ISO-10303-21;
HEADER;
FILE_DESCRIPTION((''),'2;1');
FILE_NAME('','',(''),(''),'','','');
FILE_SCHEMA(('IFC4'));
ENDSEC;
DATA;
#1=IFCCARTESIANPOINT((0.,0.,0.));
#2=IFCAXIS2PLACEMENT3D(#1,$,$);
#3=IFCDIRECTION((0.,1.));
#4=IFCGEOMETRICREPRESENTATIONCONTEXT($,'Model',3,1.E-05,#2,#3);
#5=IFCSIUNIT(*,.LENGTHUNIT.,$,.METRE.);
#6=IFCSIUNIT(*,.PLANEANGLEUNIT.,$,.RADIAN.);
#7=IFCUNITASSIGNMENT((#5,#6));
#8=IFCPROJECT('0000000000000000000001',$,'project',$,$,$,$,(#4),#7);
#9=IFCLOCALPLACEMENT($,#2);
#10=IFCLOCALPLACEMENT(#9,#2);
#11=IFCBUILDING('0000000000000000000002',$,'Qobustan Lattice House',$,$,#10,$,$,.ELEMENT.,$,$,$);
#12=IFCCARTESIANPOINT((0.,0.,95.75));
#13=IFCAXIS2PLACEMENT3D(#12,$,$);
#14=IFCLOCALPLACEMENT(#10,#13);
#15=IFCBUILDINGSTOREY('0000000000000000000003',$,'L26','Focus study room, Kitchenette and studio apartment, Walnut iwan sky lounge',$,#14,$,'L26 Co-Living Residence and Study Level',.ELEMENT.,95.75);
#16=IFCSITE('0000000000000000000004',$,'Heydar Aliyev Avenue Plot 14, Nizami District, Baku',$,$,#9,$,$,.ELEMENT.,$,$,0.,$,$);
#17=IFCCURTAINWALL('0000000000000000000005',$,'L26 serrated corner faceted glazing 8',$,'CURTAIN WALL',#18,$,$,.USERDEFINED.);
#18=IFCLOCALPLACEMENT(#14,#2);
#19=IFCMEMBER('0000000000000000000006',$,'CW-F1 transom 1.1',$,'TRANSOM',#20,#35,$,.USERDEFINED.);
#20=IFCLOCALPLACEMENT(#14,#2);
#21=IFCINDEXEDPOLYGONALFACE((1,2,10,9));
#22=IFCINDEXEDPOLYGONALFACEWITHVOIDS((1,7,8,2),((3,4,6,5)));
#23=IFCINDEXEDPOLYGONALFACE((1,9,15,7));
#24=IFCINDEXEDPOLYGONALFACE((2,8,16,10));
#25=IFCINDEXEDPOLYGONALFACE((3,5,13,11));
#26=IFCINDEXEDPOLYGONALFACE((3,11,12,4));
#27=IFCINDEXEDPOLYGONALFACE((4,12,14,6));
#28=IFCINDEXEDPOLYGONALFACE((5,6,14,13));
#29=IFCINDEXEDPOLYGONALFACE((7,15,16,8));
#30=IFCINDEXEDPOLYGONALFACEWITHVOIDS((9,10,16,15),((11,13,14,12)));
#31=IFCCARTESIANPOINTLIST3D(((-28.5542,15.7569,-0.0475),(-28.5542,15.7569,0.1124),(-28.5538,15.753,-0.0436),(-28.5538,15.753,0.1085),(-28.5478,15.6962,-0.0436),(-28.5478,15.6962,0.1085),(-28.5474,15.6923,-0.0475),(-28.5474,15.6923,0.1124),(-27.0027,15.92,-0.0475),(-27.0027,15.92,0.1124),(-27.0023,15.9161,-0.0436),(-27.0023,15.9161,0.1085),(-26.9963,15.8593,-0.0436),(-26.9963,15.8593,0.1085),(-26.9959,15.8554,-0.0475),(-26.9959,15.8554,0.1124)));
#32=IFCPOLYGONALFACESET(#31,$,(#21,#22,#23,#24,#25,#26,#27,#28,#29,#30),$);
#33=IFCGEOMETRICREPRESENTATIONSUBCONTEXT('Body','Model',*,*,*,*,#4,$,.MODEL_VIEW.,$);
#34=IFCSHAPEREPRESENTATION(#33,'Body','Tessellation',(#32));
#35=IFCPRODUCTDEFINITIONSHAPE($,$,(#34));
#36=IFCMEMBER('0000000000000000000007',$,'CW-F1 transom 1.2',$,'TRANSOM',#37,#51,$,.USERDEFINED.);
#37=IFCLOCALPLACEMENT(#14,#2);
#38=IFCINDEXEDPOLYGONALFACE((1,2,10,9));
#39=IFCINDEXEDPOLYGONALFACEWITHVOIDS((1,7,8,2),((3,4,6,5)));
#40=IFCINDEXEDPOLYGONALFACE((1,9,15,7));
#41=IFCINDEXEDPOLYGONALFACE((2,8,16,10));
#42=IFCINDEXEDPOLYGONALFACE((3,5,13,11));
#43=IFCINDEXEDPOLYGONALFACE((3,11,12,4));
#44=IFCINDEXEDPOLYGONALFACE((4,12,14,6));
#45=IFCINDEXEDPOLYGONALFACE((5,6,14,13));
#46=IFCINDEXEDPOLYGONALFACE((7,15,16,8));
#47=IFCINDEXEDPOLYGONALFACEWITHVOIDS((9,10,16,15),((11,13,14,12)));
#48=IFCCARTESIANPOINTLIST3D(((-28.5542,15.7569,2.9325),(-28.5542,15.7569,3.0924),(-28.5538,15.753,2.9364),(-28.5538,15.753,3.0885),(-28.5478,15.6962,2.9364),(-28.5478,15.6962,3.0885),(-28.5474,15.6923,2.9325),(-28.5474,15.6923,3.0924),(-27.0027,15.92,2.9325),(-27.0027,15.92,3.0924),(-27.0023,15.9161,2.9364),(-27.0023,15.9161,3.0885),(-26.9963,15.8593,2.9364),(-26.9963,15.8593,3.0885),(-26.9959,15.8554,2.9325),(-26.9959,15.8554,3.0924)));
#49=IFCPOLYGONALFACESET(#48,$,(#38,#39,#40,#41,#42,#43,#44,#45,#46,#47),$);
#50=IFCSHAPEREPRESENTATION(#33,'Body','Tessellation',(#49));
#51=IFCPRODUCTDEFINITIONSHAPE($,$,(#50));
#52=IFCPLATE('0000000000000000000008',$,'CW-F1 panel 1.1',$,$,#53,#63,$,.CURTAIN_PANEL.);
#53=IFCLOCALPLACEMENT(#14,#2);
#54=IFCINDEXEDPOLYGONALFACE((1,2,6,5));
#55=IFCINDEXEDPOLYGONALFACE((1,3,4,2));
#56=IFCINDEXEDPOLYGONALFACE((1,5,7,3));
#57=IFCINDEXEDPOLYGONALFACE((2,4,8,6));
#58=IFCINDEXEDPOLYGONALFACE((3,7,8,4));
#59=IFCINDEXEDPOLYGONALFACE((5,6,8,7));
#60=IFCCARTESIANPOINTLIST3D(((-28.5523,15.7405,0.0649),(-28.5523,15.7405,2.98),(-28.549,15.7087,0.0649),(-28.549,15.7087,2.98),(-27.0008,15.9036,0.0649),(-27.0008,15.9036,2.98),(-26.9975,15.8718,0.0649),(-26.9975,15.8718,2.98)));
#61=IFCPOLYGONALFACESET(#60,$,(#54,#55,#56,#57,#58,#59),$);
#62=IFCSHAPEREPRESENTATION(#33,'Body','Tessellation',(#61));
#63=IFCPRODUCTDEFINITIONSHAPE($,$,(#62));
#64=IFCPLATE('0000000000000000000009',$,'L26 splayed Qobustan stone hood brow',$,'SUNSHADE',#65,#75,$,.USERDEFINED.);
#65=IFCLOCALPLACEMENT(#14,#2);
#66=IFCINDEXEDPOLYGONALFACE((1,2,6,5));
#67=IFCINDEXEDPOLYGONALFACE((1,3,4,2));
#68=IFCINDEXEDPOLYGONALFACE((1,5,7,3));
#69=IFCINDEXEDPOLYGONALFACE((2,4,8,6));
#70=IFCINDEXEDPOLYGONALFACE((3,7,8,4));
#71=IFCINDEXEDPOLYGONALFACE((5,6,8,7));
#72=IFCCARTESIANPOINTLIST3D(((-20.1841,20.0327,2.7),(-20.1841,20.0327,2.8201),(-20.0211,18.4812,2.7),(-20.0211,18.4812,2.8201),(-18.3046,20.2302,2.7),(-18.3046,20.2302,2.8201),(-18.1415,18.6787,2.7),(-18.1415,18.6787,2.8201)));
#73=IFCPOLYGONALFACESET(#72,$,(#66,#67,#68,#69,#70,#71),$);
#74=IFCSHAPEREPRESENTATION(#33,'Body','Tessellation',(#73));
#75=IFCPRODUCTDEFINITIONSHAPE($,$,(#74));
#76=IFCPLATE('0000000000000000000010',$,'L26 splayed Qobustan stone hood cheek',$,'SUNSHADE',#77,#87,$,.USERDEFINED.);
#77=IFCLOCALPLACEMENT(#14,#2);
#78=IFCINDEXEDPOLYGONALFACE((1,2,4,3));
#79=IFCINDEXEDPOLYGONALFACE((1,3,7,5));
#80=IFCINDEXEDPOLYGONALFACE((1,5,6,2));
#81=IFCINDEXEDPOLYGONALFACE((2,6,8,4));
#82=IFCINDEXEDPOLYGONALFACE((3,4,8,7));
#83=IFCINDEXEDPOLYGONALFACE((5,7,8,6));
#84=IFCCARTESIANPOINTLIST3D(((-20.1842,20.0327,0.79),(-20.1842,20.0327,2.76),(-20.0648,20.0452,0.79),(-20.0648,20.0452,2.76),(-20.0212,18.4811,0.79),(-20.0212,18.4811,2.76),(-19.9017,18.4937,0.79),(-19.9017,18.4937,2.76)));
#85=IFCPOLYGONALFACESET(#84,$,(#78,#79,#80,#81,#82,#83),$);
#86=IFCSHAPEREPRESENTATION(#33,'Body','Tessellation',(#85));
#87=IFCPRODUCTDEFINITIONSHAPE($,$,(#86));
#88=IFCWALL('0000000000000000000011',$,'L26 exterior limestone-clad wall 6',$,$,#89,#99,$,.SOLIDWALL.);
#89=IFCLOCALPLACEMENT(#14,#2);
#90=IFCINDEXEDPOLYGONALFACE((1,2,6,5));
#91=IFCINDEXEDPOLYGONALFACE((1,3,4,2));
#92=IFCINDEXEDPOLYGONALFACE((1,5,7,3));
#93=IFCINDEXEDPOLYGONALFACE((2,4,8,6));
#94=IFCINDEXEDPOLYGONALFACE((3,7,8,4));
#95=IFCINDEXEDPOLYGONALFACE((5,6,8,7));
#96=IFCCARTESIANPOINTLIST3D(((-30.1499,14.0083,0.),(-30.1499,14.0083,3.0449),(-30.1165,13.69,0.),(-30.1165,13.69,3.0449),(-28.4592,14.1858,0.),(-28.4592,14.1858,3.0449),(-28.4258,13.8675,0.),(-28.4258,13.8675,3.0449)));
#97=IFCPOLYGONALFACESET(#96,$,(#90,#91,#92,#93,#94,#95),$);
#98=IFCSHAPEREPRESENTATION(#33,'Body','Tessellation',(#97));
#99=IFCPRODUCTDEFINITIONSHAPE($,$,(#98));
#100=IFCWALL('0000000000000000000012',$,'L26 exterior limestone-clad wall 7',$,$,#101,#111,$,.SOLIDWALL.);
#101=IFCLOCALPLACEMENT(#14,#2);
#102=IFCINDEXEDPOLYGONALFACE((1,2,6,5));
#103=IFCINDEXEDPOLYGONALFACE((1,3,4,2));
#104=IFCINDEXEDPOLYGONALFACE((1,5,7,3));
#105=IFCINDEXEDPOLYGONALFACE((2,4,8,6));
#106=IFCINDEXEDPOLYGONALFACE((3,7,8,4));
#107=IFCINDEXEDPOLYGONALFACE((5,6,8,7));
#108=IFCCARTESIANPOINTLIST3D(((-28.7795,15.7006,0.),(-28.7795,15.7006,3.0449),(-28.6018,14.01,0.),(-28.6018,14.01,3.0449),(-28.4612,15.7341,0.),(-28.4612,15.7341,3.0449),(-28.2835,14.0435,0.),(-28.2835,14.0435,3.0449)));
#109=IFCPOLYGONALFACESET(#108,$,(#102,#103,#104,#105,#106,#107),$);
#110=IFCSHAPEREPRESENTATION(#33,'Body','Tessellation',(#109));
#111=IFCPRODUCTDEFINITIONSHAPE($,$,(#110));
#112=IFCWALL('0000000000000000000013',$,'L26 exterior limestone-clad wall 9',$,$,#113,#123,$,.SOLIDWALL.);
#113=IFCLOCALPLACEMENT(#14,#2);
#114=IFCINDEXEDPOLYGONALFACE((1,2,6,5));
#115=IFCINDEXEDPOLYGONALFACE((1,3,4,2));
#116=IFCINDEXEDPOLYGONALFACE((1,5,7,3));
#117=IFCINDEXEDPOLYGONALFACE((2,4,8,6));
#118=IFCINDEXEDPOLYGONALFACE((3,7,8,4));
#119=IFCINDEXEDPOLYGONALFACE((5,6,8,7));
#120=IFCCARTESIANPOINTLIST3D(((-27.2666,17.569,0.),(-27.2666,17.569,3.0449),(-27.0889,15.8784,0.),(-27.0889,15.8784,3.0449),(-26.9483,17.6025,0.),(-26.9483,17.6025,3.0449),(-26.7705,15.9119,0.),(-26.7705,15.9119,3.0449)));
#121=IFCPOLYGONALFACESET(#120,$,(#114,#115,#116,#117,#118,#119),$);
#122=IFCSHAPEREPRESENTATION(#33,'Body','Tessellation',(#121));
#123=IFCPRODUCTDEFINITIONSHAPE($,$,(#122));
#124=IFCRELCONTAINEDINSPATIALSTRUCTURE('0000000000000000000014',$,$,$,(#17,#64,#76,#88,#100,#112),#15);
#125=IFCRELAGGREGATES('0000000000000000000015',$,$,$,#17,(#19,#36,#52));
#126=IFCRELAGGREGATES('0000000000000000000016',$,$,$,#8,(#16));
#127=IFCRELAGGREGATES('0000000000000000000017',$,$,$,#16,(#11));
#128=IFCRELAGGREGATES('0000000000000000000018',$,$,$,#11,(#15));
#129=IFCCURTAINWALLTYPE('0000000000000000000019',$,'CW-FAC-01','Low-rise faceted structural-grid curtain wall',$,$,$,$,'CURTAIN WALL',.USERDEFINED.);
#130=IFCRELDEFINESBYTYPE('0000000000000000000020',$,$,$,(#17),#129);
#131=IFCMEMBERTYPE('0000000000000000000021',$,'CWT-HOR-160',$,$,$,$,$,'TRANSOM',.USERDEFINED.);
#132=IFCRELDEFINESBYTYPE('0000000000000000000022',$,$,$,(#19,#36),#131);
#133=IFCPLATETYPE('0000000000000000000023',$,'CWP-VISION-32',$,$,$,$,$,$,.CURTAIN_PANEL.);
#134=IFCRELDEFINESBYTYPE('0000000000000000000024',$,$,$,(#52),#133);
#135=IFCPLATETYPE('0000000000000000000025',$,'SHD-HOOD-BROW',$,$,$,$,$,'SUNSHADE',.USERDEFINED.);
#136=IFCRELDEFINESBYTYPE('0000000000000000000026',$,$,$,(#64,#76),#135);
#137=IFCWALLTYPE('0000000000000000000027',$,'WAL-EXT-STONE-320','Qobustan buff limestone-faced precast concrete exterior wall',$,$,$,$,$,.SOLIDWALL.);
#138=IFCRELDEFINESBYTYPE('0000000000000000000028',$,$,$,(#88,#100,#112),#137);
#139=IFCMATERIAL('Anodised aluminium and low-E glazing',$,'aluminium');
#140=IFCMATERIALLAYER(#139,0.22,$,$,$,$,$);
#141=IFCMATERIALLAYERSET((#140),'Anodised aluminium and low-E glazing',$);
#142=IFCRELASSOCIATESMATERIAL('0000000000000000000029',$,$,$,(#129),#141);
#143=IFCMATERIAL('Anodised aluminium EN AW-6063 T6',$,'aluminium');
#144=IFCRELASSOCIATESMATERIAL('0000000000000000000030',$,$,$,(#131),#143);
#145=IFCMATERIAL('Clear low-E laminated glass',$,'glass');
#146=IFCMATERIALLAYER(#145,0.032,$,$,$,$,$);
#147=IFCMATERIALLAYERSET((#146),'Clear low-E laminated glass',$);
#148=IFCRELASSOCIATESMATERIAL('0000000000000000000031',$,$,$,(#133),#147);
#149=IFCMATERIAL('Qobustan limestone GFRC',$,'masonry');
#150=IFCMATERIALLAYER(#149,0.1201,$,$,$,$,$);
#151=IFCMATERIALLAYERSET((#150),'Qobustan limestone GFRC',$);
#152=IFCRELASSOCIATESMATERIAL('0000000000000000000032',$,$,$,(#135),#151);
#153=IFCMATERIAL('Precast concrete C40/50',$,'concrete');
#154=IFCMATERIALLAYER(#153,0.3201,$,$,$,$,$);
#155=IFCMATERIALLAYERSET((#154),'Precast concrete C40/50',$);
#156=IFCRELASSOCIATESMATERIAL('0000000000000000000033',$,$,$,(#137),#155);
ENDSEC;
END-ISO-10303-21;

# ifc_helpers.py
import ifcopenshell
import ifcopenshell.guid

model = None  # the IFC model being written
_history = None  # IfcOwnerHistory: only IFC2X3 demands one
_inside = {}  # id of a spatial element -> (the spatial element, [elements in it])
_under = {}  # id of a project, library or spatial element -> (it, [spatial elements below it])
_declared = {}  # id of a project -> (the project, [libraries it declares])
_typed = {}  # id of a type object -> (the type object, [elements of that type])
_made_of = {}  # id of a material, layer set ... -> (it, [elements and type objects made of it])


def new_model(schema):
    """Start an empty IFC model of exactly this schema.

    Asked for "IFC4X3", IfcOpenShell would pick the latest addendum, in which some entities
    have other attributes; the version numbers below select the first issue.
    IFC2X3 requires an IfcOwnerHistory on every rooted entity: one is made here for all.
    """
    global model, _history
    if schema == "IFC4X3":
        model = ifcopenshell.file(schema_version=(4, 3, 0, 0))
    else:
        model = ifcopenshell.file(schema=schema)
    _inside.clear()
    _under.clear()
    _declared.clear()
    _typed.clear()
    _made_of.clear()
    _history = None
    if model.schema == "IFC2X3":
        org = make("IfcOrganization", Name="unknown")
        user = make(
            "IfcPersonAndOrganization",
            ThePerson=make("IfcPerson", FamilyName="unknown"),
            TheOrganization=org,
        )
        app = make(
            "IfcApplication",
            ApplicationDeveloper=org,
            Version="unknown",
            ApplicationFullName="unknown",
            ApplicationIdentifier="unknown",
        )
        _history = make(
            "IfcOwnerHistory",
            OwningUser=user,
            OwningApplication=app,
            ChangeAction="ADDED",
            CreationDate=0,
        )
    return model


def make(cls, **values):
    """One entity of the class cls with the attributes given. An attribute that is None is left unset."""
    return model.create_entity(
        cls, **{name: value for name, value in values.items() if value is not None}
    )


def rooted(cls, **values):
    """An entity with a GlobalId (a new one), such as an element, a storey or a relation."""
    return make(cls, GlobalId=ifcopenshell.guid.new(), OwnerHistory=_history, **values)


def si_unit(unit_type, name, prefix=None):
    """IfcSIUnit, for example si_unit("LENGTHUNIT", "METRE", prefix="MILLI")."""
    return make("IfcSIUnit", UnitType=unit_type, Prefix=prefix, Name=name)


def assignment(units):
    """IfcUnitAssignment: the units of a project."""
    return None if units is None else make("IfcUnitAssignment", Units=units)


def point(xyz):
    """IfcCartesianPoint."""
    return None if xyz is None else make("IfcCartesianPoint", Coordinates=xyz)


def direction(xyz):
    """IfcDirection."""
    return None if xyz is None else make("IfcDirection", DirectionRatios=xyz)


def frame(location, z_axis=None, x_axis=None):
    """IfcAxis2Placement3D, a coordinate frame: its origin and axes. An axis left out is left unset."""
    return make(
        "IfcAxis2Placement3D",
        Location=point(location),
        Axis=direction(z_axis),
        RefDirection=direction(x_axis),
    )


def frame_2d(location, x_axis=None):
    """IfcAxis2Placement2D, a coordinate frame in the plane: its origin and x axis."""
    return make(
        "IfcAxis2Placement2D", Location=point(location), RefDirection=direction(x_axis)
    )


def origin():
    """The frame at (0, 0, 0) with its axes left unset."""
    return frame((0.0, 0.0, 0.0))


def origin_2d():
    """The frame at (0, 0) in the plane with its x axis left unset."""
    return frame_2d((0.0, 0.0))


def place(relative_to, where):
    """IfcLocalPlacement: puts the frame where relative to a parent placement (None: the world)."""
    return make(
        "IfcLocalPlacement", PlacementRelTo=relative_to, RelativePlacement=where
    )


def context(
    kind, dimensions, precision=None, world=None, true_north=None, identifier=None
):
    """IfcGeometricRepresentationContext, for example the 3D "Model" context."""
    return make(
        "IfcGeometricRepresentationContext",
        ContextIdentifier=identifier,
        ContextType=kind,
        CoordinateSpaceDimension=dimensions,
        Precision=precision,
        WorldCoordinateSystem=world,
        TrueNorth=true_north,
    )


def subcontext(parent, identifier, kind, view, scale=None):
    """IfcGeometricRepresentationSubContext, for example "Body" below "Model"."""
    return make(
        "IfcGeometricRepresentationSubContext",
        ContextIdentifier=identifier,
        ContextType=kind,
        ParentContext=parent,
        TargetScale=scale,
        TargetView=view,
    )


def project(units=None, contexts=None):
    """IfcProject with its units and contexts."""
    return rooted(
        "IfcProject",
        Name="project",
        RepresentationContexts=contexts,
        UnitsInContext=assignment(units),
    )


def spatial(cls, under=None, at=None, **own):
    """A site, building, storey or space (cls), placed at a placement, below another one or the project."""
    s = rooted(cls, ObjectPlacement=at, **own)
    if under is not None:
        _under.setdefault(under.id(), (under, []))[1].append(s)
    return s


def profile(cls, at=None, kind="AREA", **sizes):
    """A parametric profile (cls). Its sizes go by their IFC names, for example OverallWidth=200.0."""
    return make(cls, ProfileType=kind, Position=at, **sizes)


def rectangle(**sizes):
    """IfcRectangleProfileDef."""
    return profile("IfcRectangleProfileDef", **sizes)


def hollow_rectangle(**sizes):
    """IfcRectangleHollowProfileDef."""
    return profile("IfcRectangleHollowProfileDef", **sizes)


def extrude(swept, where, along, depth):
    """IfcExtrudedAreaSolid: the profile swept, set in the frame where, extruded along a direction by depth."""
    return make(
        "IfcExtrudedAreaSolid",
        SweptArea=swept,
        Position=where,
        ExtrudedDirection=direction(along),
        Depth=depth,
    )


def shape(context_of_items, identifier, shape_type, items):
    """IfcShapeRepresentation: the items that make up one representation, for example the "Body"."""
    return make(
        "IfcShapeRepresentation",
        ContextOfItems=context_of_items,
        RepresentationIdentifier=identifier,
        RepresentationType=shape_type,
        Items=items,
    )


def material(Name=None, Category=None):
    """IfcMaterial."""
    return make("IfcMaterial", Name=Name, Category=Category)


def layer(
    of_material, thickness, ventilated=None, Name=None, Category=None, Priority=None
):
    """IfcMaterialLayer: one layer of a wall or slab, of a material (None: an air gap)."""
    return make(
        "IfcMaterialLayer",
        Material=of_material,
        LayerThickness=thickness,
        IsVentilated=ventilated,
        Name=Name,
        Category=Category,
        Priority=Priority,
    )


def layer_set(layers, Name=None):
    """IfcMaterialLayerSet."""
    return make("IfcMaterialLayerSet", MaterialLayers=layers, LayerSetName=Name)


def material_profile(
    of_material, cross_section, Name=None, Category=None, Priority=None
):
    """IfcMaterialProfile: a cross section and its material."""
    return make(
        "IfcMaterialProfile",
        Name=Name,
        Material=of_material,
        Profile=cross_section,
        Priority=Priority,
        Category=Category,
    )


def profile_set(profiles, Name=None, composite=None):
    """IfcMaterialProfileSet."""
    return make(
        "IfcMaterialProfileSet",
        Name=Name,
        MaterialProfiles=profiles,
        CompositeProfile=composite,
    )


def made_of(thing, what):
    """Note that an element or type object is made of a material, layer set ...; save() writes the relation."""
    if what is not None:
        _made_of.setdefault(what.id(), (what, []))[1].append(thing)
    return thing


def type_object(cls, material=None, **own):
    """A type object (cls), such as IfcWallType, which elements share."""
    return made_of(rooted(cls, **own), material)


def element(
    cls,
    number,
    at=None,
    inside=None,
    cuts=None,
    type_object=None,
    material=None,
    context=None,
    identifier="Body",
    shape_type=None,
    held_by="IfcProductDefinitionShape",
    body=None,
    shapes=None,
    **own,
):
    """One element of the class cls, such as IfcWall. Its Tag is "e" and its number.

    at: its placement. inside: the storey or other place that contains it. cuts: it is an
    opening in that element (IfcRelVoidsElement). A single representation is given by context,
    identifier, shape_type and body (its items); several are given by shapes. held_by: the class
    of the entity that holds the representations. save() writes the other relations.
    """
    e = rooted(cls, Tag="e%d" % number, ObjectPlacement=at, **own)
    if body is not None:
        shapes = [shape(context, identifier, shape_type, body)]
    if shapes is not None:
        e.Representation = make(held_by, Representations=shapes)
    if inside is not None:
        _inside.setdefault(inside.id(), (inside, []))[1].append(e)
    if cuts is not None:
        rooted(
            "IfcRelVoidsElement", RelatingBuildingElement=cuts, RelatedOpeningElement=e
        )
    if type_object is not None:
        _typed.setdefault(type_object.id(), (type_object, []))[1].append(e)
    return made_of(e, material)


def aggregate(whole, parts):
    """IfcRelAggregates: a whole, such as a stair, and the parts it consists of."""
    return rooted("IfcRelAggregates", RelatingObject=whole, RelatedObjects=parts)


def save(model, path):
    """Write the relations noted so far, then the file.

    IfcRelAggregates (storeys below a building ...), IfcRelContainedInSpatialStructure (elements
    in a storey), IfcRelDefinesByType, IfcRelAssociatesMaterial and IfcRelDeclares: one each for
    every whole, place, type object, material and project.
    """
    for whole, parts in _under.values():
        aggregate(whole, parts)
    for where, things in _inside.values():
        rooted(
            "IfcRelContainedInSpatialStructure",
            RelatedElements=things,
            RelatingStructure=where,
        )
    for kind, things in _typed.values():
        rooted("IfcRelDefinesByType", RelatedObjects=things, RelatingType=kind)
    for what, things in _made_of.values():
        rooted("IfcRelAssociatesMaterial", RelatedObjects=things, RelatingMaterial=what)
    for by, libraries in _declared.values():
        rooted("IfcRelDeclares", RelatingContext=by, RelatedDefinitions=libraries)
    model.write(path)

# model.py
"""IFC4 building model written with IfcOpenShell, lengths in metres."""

from ifc_helpers import new_model, si_unit, direction, frame, frame_2d, origin, origin_2d, place, context, subcontext, project, spatial, rectangle, hollow_rectangle, extrude, material, layer, layer_set, material_profile, profile_set, type_object, element, aggregate, save


model = new_model("IFC4")

# Units and contexts
model_context = context("Model", 3, precision=1e-05, world=origin(), true_north=direction((0.0, 1.0)))
body_context = subcontext(model_context, "Body", "Model", "MODEL_VIEW")
ifc_project = project(units=[si_unit("LENGTHUNIT", "METRE"), si_unit("PLANEANGLEUNIT", "RADIAN")], contexts=[model_context])

# Site, building, storey
site_placement = place(None, origin())
site = spatial("IfcSite", under=ifc_project, at=site_placement, Name="Heydar Aliyev Avenue Plot 14, Nizami District, Baku", CompositionType="ELEMENT", RefElevation=0.0)
building_placement = place(site_placement, origin())
building = spatial("IfcBuilding", under=site, at=building_placement, Name="Qobustan Lattice House", CompositionType="ELEMENT")
storey_placement = place(building_placement, frame((0.0, 0.0, 95.75)))
storey = spatial("IfcBuildingStorey", under=building, at=storey_placement, Name="L26", Description="Focus study room, Kitchenette and studio apartment, Walnut iwan sky lounge", LongName="L26 Co-Living Residence and Study Level", CompositionType="ELEMENT", Elevation=95.75)

# Curtain wall, members, plate
ifc_material_1 = material(Name="Anodised aluminium and low-E glazing", Category="aluminium")
ifc_layer_1 = layer(ifc_material_1, 0.22)
ifc_layer_set_1 = layer_set([ifc_layer_1], Name="Anodised aluminium and low-E glazing")
curtain_wall_type = type_object("IfcCurtainWallType", Name="CW-FAC-01", Description="Low-rise faceted structural-grid curtain wall", ElementType="CURTAIN WALL", PredefinedType="USERDEFINED", material=ifc_layer_set_1)
curtain_wall_placement = place(storey_placement, origin())
curtain_wall = element("IfcCurtainWall", 1, at=curtain_wall_placement, inside=storey, type_object=curtain_wall_type, Name="L26 serrated corner faceted glazing 8", ObjectType="CURTAIN WALL", PredefinedType="USERDEFINED")
ifc_material_2 = material(Name="Anodised aluminium EN AW-6063 T6", Category="aluminium")
ifc_material_profile_1 = material_profile(ifc_material_2, hollow_rectangle(XDim=0.0649, YDim=0.1599, WallThickness=0.0039, at=origin_2d()), Name="CWT-160x65")
ifc_profile_set_1 = profile_set([ifc_material_profile_1], Name="Anodised aluminium EN AW-6063 T6")
member_type_1 = type_object("IfcMemberType", Name="CWT-HOR-160", ElementType="TRANSOM", PredefinedType="USERDEFINED", material=ifc_profile_set_1)
member_1_placement = place(storey_placement, frame((-28.5508, 15.7246, 0.0325), z_axis=(0.994521, 0.104538, 0.0), x_axis=(-0.104538, 0.994521, 0.0)))
member_1 = element("IfcMember", 2, at=member_1_placement, type_object=member_type_1, Name="CW-F1 transom 1.1", ObjectType="TRANSOM", PredefinedType="USERDEFINED", context=body_context, shape_type="SweptSolid", body=[
    extrude(hollow_rectangle(XDim=0.0649, YDim=0.1599, WallThickness=0.0039, at=origin_2d()), origin(), (0.0, 0.0, 1.0), 1.5601),
])
member_2_placement = place(storey_placement, frame((-28.5508, 15.7246, 3.0125), z_axis=(0.994521, 0.104538, 0.0), x_axis=(-0.104538, 0.994521, 0.0)))
member_2 = element("IfcMember", 3, at=member_2_placement, type_object=member_type_1, Name="CW-F1 transom 1.2", ObjectType="TRANSOM", PredefinedType="USERDEFINED", context=body_context, shape_type="SweptSolid", body=[
    extrude(hollow_rectangle(XDim=0.0649, YDim=0.1599, WallThickness=0.0039, at=origin_2d()), origin(), (0.0, 0.0, 1.0), 1.5601),
])
ifc_material_3 = material(Name="Clear low-E laminated glass", Category="glass")
ifc_layer_2 = layer(ifc_material_3, 0.032)
ifc_layer_set_2 = layer_set([ifc_layer_2], Name="Clear low-E laminated glass")
plate_type_1 = type_object("IfcPlateType", Name="CWP-VISION-32", PredefinedType="CURTAIN_PANEL", material=ifc_layer_set_2)
plate_1_placement = place(storey_placement, frame((-27.7749, 15.8062, 0.0649), z_axis=(0.0, 0.0, 1.0), x_axis=(0.994522, 0.104529, 0.0)))
plate_1 = element("IfcPlate", 4, at=plate_1_placement, type_object=plate_type_1, Name="CW-F1 panel 1.1", PredefinedType="CURTAIN_PANEL", context=body_context, shape_type="SweptSolid", body=[
    extrude(rectangle(XDim=1.5601, YDim=0.032, at=origin_2d()), origin(), (0.0, 0.0, 1.0), 2.915),
])
aggregate(curtain_wall, [member_1, member_2, plate_1])

# Plates
ifc_material_4 = material(Name="Qobustan limestone GFRC", Category="masonry")
ifc_layer_3 = layer(ifc_material_4, 0.1201)
ifc_layer_set_3 = layer_set([ifc_layer_3], Name="Qobustan limestone GFRC")
plate_type_2 = type_object("IfcPlateType", Name="SHD-HOOD-BROW", ElementType="SUNSHADE", PredefinedType="USERDEFINED", material=ifc_layer_set_3)
plate_2_placement = place(storey_placement, frame((-19.1628, 19.3557, 2.7), z_axis=(0.0, 0.0, 1.0), x_axis=(0.994522, 0.104528, 0.0)))
element("IfcPlate", 5, at=plate_2_placement, inside=storey, type_object=plate_type_2, Name="L26 splayed Qobustan stone hood brow", ObjectType="SUNSHADE", PredefinedType="USERDEFINED", context=body_context, shape_type="SweptSolid", body=[
    extrude(rectangle(XDim=1.8899, YDim=1.5601, at=origin_2d()), origin(), (0.0, 0.0, 1.0), 0.1201),
])
plate_3_placement = place(storey_placement, frame((-20.043, 19.2632, 0.79), z_axis=(0.0, 0.0, 1.0), x_axis=(0.994522, 0.104528, 0.0)))
element("IfcPlate", 6, at=plate_3_placement, inside=storey, type_object=plate_type_2, Name="L26 splayed Qobustan stone hood cheek", ObjectType="SUNSHADE", PredefinedType="USERDEFINED", context=body_context, shape_type="SweptSolid", body=[
    extrude(rectangle(XDim=0.1201, YDim=1.5601, at=origin_2d()), origin(), (0.0, 0.0, 1.0), 1.97),
])

# Walls
ifc_material_5 = material(Name="Precast concrete C40/50", Category="concrete")
ifc_layer_4 = layer(ifc_material_5, 0.3201)
ifc_layer_set_4 = layer_set([ifc_layer_4], Name="Precast concrete C40/50")
wall_type = type_object("IfcWallType", Name="WAL-EXT-STONE-320", Description="Qobustan buff limestone-faced precast concrete exterior wall", PredefinedType="SOLIDWALL", material=ifc_layer_set_4)
for number, where, z_axis, x_axis, name in (
    (7, (-30.1333, 13.8491, 0.0), (0.0, 0.0, 1.0), (0.994535, 0.104408, 0.0), "L26 exterior limestone-clad wall 6"),
    (8, (-28.4426, 14.0266, 0.0), (0.0, 0.0, 1.0), (-0.10455, 0.99452, 0.0), "L26 exterior limestone-clad wall 7"),
    (9, (-26.9297, 15.895, 0.0), (0.0, 0.0, 1.0), (-0.10455, 0.99452, 0.0), "L26 exterior limestone-clad wall 9"),
):
    element("IfcWall", number, at=place(storey_placement, frame(where, z_axis=z_axis, x_axis=x_axis)), inside=storey, type_object=wall_type, Name=name, PredefinedType="SOLIDWALL", context=body_context, shape_type="SweptSolid", body=[
        extrude(rectangle(XDim=1.7, YDim=0.3201, at=frame_2d((0.8501, 0.0))), origin(), (0.0, 0.0, 1.0), 3.0449),
    ])

save(model, "model.ifc")
